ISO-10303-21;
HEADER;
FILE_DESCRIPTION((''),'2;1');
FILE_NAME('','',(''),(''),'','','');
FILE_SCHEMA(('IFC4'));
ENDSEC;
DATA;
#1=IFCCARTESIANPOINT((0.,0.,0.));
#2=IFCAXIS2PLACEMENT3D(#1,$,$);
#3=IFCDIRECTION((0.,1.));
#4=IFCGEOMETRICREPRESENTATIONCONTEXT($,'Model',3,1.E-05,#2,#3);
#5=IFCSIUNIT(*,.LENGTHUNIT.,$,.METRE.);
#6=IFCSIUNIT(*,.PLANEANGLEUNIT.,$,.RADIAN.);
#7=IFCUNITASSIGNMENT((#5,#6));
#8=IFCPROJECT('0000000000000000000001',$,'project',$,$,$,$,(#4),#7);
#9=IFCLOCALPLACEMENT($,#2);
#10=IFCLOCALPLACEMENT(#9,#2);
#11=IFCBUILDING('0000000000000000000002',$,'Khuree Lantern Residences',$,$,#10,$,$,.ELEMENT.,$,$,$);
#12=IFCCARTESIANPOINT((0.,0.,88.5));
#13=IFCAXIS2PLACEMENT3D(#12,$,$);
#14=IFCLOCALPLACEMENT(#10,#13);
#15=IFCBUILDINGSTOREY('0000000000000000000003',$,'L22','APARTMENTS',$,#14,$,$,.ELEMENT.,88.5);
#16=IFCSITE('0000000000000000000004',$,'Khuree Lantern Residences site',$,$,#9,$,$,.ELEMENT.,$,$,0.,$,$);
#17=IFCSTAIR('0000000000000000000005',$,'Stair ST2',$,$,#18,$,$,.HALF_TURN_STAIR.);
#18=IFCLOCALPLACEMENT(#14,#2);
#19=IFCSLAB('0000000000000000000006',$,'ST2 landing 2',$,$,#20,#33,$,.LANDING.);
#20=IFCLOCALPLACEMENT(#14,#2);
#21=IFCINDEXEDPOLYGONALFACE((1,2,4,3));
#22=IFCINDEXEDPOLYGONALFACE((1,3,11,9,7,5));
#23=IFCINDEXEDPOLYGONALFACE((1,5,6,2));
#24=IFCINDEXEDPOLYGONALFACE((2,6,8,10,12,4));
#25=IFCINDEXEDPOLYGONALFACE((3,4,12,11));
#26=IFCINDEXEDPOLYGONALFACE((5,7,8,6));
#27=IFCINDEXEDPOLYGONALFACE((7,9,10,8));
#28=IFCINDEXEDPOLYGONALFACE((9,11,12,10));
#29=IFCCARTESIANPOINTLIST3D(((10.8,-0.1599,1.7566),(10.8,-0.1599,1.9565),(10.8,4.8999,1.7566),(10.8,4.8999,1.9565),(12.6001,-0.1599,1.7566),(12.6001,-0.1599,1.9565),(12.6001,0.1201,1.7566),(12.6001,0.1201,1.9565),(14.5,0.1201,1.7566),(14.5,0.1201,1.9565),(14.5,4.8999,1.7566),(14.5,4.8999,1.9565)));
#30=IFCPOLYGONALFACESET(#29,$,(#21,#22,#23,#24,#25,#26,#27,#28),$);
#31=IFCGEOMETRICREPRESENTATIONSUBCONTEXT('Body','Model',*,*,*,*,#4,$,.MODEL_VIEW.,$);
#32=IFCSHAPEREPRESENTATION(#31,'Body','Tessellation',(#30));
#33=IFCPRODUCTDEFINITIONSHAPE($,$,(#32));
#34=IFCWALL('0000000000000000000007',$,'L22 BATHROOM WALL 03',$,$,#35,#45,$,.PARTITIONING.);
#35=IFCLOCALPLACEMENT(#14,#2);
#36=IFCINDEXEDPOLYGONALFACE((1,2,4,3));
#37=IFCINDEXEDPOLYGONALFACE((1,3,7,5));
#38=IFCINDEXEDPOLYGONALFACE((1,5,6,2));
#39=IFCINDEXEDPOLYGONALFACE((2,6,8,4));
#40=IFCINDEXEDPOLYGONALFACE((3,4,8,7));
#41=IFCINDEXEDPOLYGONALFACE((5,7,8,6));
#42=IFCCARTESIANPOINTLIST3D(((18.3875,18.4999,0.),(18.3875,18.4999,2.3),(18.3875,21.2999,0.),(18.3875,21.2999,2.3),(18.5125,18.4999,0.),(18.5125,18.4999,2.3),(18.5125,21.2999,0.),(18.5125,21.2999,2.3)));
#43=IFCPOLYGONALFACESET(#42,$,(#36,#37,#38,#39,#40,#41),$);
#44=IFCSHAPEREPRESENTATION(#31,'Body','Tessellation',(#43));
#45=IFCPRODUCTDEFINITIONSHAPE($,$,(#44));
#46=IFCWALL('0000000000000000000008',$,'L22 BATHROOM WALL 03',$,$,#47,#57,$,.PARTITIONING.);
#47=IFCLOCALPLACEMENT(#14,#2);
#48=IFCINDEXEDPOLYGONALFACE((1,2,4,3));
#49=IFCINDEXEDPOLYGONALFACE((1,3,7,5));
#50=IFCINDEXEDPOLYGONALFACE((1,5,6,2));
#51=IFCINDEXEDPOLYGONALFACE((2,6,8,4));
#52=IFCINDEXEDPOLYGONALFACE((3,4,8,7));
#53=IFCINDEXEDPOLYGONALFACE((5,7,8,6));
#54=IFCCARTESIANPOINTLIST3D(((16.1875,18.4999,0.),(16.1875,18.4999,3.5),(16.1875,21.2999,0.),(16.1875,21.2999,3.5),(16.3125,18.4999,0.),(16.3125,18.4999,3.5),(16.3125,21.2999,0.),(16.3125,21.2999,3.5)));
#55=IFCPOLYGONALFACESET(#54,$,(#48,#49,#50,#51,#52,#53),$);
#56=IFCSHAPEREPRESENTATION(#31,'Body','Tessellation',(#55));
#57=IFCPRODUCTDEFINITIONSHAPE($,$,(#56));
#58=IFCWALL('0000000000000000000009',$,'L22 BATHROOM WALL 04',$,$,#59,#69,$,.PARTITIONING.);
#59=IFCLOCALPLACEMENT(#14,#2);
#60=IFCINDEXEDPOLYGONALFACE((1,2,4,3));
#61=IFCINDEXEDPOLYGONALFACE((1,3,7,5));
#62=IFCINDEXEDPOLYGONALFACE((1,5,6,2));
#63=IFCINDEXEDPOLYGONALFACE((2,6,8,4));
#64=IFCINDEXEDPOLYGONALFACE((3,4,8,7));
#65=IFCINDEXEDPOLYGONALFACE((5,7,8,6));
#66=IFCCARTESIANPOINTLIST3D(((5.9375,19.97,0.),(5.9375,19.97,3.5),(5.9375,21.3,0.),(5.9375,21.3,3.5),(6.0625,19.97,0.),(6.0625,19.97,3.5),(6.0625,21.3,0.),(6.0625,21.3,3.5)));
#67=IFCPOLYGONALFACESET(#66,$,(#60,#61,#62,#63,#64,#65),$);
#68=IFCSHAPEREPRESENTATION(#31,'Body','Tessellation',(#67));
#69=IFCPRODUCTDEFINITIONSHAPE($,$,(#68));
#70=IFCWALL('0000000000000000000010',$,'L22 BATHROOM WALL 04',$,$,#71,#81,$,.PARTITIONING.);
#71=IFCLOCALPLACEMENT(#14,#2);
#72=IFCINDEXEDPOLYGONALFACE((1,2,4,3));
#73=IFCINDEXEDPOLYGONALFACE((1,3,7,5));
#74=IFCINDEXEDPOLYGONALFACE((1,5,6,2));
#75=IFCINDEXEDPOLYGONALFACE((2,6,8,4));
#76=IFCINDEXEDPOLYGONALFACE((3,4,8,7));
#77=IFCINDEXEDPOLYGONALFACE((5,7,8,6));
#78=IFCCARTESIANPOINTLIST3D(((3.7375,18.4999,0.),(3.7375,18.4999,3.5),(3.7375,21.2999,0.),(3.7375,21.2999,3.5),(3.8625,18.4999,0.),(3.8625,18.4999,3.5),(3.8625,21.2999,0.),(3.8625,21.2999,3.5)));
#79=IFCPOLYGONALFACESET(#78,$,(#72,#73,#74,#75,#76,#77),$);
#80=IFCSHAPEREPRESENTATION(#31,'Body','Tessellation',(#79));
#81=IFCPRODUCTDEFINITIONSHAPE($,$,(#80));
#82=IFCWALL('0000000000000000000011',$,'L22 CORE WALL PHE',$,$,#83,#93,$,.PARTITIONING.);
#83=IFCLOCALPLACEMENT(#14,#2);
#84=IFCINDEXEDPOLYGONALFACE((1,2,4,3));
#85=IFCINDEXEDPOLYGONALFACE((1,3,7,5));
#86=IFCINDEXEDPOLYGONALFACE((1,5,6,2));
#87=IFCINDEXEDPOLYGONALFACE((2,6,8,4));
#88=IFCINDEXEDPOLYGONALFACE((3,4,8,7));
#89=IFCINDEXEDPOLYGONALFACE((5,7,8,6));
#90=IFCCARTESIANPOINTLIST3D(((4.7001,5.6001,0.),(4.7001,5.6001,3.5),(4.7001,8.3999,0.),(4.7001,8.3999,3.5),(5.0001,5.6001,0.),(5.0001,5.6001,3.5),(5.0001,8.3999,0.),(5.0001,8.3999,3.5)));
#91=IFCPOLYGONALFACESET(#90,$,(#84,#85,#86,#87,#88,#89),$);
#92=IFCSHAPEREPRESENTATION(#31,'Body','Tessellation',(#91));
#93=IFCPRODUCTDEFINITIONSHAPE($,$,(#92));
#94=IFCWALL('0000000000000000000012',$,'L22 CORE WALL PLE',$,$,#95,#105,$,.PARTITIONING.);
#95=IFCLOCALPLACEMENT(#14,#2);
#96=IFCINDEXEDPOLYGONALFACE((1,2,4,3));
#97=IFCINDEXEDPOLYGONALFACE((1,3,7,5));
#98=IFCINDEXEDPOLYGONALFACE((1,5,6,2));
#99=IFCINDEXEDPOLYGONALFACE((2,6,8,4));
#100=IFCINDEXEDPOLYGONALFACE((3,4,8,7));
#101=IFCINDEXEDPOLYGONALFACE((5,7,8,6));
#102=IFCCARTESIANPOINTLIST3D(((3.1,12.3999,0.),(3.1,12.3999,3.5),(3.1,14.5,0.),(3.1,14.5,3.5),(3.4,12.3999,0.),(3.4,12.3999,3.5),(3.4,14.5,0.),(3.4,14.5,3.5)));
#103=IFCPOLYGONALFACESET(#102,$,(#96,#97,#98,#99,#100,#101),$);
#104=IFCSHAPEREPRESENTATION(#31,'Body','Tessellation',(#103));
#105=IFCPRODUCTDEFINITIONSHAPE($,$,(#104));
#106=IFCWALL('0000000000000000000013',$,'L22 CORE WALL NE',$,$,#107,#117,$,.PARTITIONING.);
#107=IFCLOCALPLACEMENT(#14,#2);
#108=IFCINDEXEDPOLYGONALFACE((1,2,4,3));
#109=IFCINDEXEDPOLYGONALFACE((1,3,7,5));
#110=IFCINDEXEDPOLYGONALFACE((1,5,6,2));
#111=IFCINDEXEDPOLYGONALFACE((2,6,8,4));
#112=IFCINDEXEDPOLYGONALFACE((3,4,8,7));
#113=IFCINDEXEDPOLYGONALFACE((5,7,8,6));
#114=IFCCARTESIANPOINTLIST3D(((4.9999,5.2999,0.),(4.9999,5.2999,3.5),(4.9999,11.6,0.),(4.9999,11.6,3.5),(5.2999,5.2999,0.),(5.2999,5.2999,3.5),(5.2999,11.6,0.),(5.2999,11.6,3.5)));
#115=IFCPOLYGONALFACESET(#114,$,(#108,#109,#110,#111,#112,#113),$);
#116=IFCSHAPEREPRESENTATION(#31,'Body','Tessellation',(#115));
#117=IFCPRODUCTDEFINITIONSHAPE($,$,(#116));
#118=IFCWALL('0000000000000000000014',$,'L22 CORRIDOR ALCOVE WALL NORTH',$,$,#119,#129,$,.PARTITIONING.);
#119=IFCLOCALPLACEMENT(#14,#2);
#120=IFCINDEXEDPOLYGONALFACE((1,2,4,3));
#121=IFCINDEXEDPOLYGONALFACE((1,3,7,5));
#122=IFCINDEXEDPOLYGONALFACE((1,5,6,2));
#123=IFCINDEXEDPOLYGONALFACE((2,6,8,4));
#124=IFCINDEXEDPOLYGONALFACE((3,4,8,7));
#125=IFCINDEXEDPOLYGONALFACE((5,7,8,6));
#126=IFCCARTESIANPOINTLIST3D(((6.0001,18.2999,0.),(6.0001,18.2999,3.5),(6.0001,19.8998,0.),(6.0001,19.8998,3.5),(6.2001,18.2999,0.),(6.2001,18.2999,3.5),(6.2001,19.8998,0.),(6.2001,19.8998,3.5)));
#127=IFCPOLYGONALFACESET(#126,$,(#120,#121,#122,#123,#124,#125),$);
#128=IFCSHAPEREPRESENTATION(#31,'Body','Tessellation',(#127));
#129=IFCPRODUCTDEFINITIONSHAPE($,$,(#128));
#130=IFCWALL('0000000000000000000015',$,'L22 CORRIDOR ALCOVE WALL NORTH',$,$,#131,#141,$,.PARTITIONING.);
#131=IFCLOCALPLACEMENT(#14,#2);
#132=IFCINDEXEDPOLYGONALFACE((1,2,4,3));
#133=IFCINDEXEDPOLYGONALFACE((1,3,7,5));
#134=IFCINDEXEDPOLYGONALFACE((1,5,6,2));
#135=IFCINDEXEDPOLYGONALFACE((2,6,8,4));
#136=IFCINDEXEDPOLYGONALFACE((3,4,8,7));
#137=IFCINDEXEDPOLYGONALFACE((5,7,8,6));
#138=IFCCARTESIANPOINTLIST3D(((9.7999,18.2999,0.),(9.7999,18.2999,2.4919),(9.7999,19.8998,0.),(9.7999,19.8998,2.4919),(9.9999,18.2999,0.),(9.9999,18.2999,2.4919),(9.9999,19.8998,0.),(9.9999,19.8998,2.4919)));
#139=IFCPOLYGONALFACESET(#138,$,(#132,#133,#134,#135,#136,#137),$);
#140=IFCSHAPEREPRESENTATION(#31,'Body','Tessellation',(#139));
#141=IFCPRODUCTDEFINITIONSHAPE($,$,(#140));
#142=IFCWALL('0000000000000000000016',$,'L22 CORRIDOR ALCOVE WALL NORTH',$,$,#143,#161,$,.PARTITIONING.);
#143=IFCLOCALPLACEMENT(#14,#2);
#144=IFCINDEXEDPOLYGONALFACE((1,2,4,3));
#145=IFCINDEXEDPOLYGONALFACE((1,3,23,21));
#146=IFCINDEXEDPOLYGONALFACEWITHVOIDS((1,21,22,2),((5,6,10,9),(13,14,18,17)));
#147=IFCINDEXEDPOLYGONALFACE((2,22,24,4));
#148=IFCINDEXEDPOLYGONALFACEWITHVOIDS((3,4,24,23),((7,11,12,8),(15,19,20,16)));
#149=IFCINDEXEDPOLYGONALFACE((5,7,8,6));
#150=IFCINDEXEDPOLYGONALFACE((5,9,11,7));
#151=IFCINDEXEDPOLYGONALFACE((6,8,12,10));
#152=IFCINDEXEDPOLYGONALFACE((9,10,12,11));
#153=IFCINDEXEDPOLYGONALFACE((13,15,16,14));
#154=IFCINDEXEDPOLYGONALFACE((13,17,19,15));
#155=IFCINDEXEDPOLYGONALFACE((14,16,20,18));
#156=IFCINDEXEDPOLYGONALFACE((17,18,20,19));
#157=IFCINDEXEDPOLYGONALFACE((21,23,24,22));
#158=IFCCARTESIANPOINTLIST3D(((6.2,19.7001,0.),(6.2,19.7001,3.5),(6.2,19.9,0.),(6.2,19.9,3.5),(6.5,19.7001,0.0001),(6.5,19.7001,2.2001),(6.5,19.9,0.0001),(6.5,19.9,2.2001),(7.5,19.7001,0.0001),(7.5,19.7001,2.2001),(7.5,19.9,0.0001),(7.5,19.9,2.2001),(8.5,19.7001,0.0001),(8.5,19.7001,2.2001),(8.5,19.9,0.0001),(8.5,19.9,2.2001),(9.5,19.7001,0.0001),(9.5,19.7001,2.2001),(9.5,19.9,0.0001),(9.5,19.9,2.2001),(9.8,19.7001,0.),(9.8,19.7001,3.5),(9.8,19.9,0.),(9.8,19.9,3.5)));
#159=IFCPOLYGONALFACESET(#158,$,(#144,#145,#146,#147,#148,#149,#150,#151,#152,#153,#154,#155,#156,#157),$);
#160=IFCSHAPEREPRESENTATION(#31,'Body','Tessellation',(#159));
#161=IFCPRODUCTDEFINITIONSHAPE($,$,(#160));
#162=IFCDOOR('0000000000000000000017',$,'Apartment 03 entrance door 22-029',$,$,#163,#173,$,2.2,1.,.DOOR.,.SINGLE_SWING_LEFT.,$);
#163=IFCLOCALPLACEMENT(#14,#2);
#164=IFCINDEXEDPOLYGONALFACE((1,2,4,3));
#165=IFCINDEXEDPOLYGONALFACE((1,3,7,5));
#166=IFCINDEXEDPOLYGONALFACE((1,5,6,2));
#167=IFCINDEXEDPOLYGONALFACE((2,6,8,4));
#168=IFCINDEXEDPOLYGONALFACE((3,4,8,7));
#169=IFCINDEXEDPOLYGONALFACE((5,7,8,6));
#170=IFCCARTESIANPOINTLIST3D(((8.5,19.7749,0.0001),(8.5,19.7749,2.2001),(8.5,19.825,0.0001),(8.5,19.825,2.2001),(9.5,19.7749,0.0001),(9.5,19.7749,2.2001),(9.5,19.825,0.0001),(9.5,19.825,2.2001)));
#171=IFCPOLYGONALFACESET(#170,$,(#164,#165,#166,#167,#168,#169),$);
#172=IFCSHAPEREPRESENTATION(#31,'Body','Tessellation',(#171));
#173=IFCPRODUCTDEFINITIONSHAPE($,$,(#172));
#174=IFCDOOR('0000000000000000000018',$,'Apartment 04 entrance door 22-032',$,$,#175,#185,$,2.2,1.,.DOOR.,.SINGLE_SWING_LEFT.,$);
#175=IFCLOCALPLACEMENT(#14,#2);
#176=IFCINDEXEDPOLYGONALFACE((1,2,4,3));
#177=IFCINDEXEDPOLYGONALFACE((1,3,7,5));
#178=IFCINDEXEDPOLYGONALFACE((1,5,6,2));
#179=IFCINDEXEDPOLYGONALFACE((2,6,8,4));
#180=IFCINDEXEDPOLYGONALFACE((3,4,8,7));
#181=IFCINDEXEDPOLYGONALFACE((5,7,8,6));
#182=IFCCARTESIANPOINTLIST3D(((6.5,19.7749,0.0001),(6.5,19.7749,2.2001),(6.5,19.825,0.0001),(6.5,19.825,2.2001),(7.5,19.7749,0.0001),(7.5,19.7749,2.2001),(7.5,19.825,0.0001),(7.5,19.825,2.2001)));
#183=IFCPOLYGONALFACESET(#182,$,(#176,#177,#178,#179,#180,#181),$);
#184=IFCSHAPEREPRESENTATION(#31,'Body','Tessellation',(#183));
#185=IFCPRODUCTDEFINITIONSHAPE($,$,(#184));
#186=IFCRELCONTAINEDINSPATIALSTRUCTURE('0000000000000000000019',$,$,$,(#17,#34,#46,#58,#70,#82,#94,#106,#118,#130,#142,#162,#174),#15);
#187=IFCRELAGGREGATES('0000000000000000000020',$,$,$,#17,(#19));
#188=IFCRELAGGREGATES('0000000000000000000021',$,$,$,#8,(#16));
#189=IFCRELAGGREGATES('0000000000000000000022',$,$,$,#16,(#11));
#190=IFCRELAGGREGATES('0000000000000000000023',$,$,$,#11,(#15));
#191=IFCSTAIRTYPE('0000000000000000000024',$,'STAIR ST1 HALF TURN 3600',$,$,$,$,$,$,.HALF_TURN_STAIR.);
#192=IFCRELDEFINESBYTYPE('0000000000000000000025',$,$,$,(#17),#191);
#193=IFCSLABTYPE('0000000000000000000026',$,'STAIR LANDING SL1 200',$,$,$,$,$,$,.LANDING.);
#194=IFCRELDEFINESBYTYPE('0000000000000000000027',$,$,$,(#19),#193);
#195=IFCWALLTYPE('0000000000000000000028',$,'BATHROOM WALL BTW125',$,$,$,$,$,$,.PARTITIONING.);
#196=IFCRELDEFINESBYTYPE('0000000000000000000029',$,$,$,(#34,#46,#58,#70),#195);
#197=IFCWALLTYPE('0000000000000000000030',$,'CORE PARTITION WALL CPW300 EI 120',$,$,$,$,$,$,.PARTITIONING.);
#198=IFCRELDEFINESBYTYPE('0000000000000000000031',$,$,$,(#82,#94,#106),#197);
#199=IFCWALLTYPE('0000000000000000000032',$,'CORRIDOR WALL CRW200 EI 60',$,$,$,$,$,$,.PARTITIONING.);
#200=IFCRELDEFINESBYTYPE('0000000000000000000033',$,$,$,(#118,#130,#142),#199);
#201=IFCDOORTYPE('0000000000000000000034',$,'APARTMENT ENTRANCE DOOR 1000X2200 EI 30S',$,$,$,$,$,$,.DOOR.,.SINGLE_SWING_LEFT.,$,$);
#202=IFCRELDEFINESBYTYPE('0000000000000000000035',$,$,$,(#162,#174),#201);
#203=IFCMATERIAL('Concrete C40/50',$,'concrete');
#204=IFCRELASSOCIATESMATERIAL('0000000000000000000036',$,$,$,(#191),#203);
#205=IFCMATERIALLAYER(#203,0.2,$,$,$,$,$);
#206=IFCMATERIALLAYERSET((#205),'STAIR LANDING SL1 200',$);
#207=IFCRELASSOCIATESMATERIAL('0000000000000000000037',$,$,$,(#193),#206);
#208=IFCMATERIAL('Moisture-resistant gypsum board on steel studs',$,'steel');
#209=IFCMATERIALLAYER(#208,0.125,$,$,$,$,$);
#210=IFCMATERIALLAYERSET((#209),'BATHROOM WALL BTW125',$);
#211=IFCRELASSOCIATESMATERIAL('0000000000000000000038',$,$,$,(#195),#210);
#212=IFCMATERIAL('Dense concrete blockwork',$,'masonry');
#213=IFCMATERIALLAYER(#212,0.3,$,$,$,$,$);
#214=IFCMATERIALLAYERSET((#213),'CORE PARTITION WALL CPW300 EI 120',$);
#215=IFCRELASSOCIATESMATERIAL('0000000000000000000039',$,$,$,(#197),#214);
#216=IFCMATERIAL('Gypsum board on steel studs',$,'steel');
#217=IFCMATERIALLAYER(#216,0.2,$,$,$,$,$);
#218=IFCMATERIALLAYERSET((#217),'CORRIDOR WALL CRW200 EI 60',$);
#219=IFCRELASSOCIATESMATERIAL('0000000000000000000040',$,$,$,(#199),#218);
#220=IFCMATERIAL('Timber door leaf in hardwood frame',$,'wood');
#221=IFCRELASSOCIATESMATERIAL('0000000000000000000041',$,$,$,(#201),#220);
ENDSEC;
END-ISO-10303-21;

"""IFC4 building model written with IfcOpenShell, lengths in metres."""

from ifc_helpers import new_model, si_unit, direction, frame, frame_2d, origin, place, context, subcontext, project, spatial, polyline, rectangle, outline, extrude, material, layer, layer_set, type_object, element, fill, aggregate, save


model = new_model("IFC4")

# Units and contexts
model_context = context("Model", 3, precision=1e-05, world=origin(), true_north=direction((0.0, 1.0)))
body_context = subcontext(model_context, "Body", "Model", "MODEL_VIEW")
ifc_project = project(units=[si_unit("LENGTHUNIT", "METRE"), si_unit("PLANEANGLEUNIT", "RADIAN")], contexts=[model_context])

# Site, building, storey
site_placement = place(None, origin())
site = spatial("IfcSite", under=ifc_project, at=site_placement, Name="Khuree Lantern Residences site", CompositionType="ELEMENT", RefElevation=0.0)
building_placement = place(site_placement, origin())
building = spatial("IfcBuilding", under=site, at=building_placement, Name="Khuree Lantern Residences", CompositionType="ELEMENT")
storey_placement = place(building_placement, frame((0.0, 0.0, 88.5)))
storey = spatial("IfcBuildingStorey", under=building, at=storey_placement, Name="L22", Description="APARTMENTS", CompositionType="ELEMENT", Elevation=88.5)

# Stair, slab
ifc_material_1 = material(Name="Concrete C40/50", Category="concrete")
stair_type = type_object("IfcStairType", Name="STAIR ST1 HALF TURN 3600", PredefinedType="HALF_TURN_STAIR", material=ifc_material_1)
ifc_layer_1 = layer(ifc_material_1, 0.2)
ifc_layer_set_1 = layer_set([ifc_layer_1], Name="STAIR LANDING SL1 200")
slab_type_1 = type_object("IfcSlabType", Name="STAIR LANDING SL1 200", PredefinedType="LANDING", material=ifc_layer_set_1)
stair_1_placement = place(storey_placement, origin())
stair_1 = element("IfcStair", 1, at=stair_1_placement, inside=storey, type_object=stair_type, Name="Stair ST2", PredefinedType="HALF_TURN_STAIR")
slab_1_placement = place(storey_placement, frame((0.0, 0.0, 1.7566)))
slab_1 = element("IfcSlab", 2, at=slab_1_placement, type_object=slab_type_1, Name="ST2 landing 2", PredefinedType="LANDING", context=body_context, shape_type="SweptSolid", body=[
    extrude(outline(polyline([(14.5, 4.8999), (14.5, 0.1201), (12.6001, 0.1201), (12.6001, -0.1599), (10.8, -0.1599), (10.8, 4.8999), (14.5, 4.8999)])), origin(), (0.0, 0.0, 1.0), 0.2),
])

# Walls
ifc_material_2 = material(Name="Moisture-resistant gypsum board on steel studs", Category="steel")
ifc_layer_2 = layer(ifc_material_2, 0.125)
ifc_layer_set_2 = layer_set([ifc_layer_2], Name="BATHROOM WALL BTW125")
wall_type_1 = type_object("IfcWallType", Name="BATHROOM WALL BTW125", PredefinedType="PARTITIONING", material=ifc_layer_set_2)
wall_1_placement = place(storey_placement, frame((18.45, 18.5, 0.0), z_axis=(0.0, 0.0, 1.0), x_axis=(0.0, 1.0, 0.0)))
element("IfcWall", 3, at=wall_1_placement, inside=storey, type_object=wall_type_1, Name="L22 BATHROOM WALL 03", PredefinedType="PARTITIONING", context=body_context, shape_type="SweptSolid", body=[
    extrude(rectangle(XDim=2.8, YDim=0.125, at=frame_2d((1.3999, 0.0))), origin(), (0.0, 0.0, 1.0), 2.3),
])
wall_2_placement = place(storey_placement, frame((16.25, 18.5, 0.0), z_axis=(0.0, 0.0, 1.0), x_axis=(0.0, 1.0, 0.0)))
element("IfcWall", 4, at=wall_2_placement, inside=storey, type_object=wall_type_1, Name="L22 BATHROOM WALL 03", PredefinedType="PARTITIONING", context=body_context, shape_type="SweptSolid", body=[
    extrude(rectangle(XDim=2.8, YDim=0.125, at=frame_2d((1.3999, 0.0))), origin(), (0.0, 0.0, 1.0), 3.5),
])
wall_3_placement = place(storey_placement, frame((6.0, 19.97, 0.0), z_axis=(0.0, 0.0, 1.0), x_axis=(0.0, 1.0, 0.0)))
element("IfcWall", 5, at=wall_3_placement, inside=storey, type_object=wall_type_1, Name="L22 BATHROOM WALL 04", PredefinedType="PARTITIONING", context=body_context, shape_type="SweptSolid", body=[
    extrude(rectangle(XDim=1.3301, YDim=0.125, at=frame_2d((0.665, 0.0))), origin(), (0.0, 0.0, 1.0), 3.5),
])
wall_4_placement = place(storey_placement, frame((3.8, 18.5, 0.0), z_axis=(0.0, 0.0, 1.0), x_axis=(0.0, 1.0, 0.0)))
element("IfcWall", 6, at=wall_4_placement, inside=storey, type_object=wall_type_1, Name="L22 BATHROOM WALL 04", PredefinedType="PARTITIONING", context=body_context, shape_type="SweptSolid", body=[
    extrude(rectangle(XDim=2.8, YDim=0.125, at=frame_2d((1.3999, 0.0))), origin(), (0.0, 0.0, 1.0), 3.5),
])
ifc_material_3 = material(Name="Dense concrete blockwork", Category="masonry")
ifc_layer_3 = layer(ifc_material_3, 0.3)
ifc_layer_set_3 = layer_set([ifc_layer_3], Name="CORE PARTITION WALL CPW300 EI 120")
wall_type_2 = type_object("IfcWallType", Name="CORE PARTITION WALL CPW300 EI 120", PredefinedType="PARTITIONING", material=ifc_layer_set_3)
wall_5_placement = place(storey_placement, frame((4.8501, 5.6001, 0.0), z_axis=(0.0, 0.0, 1.0), x_axis=(0.0, 1.0, 0.0)))
element("IfcWall", 7, at=wall_5_placement, inside=storey, type_object=wall_type_2, Name="L22 CORE WALL PHE", PredefinedType="PARTITIONING", context=body_context, shape_type="SweptSolid", body=[
    extrude(rectangle(XDim=2.7998, YDim=0.3, at=frame_2d((1.3999, 0.0))), origin(), (0.0, 0.0, 1.0), 3.5),
])
wall_6_placement = place(storey_placement, frame((3.25, 12.3999, 0.0), z_axis=(0.0, 0.0, 1.0), x_axis=(0.0, 1.0, 0.0)))
element("IfcWall", 8, at=wall_6_placement, inside=storey, type_object=wall_type_2, Name="L22 CORE WALL PLE", PredefinedType="PARTITIONING", context=body_context, shape_type="SweptSolid", body=[
    extrude(rectangle(XDim=2.1001, YDim=0.3, at=frame_2d((1.05, 0.0))), origin(), (0.0, 0.0, 1.0), 3.5),
])
wall_7_placement = place(storey_placement, frame((5.1499, 5.3, 0.0), z_axis=(0.0, 0.0, 1.0), x_axis=(0.0, 1.0, 0.0)))
element("IfcWall", 9, at=wall_7_placement, inside=storey, type_object=wall_type_2, Name="L22 CORE WALL NE", PredefinedType="PARTITIONING", context=body_context, shape_type="SweptSolid", body=[
    extrude(rectangle(XDim=6.3, YDim=0.3, at=frame_2d((3.1499, 0.0))), origin(), (0.0, 0.0, 1.0), 3.5),
])
ifc_material_4 = material(Name="Gypsum board on steel studs", Category="steel")
ifc_layer_4 = layer(ifc_material_4, 0.2)
ifc_layer_set_4 = layer_set([ifc_layer_4], Name="CORRIDOR WALL CRW200 EI 60")
wall_type_3 = type_object("IfcWallType", Name="CORRIDOR WALL CRW200 EI 60", PredefinedType="PARTITIONING", material=ifc_layer_set_4)
wall_8_placement = place(storey_placement, frame((6.1001, 18.3, 0.0), z_axis=(0.0, 0.0, 1.0), x_axis=(0.0, 1.0, 0.0)))
element("IfcWall", 10, at=wall_8_placement, inside=storey, type_object=wall_type_3, Name="L22 CORRIDOR ALCOVE WALL NORTH", PredefinedType="PARTITIONING", context=body_context, shape_type="SweptSolid", body=[
    extrude(rectangle(XDim=1.5999, YDim=0.2, at=frame_2d((0.7998, 0.0))), origin(), (0.0, 0.0, 1.0), 3.5),
])
wall_9_placement = place(storey_placement, frame((9.8999, 18.3, 0.0), z_axis=(0.0, 0.0, 1.0), x_axis=(0.0, 1.0, 0.0)))
element("IfcWall", 11, at=wall_9_placement, inside=storey, type_object=wall_type_3, Name="L22 CORRIDOR ALCOVE WALL NORTH", PredefinedType="PARTITIONING", context=body_context, shape_type="SweptSolid", body=[
    extrude(rectangle(XDim=1.5999, YDim=0.2, at=frame_2d((0.7998, 0.0))), origin(), (0.0, 0.0, 1.0), 2.4919),
])

# Wall, openings, doors
wall_10_placement = place(storey_placement, frame((6.2, 19.8, 0.0), z_axis=(0.0, 0.0, 1.0), x_axis=(1.0, 0.0, 0.0)))
wall_10 = element("IfcWall", 12, at=wall_10_placement, inside=storey, type_object=wall_type_3, Name="L22 CORRIDOR ALCOVE WALL NORTH", PredefinedType="PARTITIONING", context=body_context, shape_type="SweptSolid", body=[
    extrude(rectangle(XDim=3.6001, YDim=0.2, at=frame_2d((1.8, 0.0))), origin(), (0.0, 0.0, 1.0), 3.5),
])
opening_1_placement = place(wall_10_placement, frame((2.3, 0.0, 0.0)))
opening_1 = element("IfcOpeningElement", 13, at=opening_1_placement, cuts=wall_10, PredefinedType="OPENING", context=body_context, shape_type="SweptSolid", body=[
    extrude(rectangle(XDim=1.0, YDim=2.2, at=frame_2d((0.5, 1.1001))), frame((0.0, 0.1099, 0.0), z_axis=(0.0, -1.0, 0.0), x_axis=(1.0, 0.0, 0.0)), (0.0, 0.0, 1.0), 0.22),
])
opening_2_placement = place(wall_10_placement, frame((0.3, 0.0, 0.0)))
opening_2 = element("IfcOpeningElement", 14, at=opening_2_placement, cuts=wall_10, PredefinedType="OPENING", context=body_context, shape_type="SweptSolid", body=[
    extrude(rectangle(XDim=1.0, YDim=2.2, at=frame_2d((0.5, 1.1001))), frame((0.0, 0.1099, 0.0), z_axis=(0.0, -1.0, 0.0), x_axis=(1.0, 0.0, 0.0)), (0.0, 0.0, 1.0), 0.22),
])
ifc_material_5 = material(Name="Timber door leaf in hardwood frame", Category="wood")
door_type = type_object("IfcDoorType", Name="APARTMENT ENTRANCE DOOR 1000X2200 EI 30S", OperationType="SINGLE_SWING_LEFT", PredefinedType="DOOR", material=ifc_material_5)
door_1_placement = place(opening_1_placement, origin())
door_1 = element("IfcDoor", 15, at=door_1_placement, inside=storey, type_object=door_type, Name="Apartment 03 entrance door 22-029", OperationType="SINGLE_SWING_LEFT", OverallHeight=2.2, OverallWidth=1.0, PredefinedType="DOOR", context=body_context, shape_type="SweptSolid", body=[
    extrude(rectangle(XDim=1.0, YDim=2.2, at=frame_2d((0.5, 1.1001))), frame((0.0, 0.0249, 0.0), z_axis=(0.0, -1.0, 0.0), x_axis=(1.0, 0.0, 0.0)), (0.0, 0.0, 1.0), 0.05),
])
fill(opening_1, door_1)
door_2_placement = place(opening_2_placement, origin())
door_2 = element("IfcDoor", 16, at=door_2_placement, inside=storey, type_object=door_type, Name="Apartment 04 entrance door 22-032", OperationType="SINGLE_SWING_LEFT", OverallHeight=2.2, OverallWidth=1.0, PredefinedType="DOOR", context=body_context, shape_type="SweptSolid", body=[
    extrude(rectangle(XDim=1.0, YDim=2.2, at=frame_2d((0.5, 1.1001))), frame((0.0, 0.0249, 0.0), z_axis=(0.0, -1.0, 0.0), x_axis=(1.0, 0.0, 0.0)), (0.0, 0.0, 1.0), 0.05),
])
fill(opening_2, door_2)

aggregate(stair_1, [slab_1])

save(model, "model.ifc")
